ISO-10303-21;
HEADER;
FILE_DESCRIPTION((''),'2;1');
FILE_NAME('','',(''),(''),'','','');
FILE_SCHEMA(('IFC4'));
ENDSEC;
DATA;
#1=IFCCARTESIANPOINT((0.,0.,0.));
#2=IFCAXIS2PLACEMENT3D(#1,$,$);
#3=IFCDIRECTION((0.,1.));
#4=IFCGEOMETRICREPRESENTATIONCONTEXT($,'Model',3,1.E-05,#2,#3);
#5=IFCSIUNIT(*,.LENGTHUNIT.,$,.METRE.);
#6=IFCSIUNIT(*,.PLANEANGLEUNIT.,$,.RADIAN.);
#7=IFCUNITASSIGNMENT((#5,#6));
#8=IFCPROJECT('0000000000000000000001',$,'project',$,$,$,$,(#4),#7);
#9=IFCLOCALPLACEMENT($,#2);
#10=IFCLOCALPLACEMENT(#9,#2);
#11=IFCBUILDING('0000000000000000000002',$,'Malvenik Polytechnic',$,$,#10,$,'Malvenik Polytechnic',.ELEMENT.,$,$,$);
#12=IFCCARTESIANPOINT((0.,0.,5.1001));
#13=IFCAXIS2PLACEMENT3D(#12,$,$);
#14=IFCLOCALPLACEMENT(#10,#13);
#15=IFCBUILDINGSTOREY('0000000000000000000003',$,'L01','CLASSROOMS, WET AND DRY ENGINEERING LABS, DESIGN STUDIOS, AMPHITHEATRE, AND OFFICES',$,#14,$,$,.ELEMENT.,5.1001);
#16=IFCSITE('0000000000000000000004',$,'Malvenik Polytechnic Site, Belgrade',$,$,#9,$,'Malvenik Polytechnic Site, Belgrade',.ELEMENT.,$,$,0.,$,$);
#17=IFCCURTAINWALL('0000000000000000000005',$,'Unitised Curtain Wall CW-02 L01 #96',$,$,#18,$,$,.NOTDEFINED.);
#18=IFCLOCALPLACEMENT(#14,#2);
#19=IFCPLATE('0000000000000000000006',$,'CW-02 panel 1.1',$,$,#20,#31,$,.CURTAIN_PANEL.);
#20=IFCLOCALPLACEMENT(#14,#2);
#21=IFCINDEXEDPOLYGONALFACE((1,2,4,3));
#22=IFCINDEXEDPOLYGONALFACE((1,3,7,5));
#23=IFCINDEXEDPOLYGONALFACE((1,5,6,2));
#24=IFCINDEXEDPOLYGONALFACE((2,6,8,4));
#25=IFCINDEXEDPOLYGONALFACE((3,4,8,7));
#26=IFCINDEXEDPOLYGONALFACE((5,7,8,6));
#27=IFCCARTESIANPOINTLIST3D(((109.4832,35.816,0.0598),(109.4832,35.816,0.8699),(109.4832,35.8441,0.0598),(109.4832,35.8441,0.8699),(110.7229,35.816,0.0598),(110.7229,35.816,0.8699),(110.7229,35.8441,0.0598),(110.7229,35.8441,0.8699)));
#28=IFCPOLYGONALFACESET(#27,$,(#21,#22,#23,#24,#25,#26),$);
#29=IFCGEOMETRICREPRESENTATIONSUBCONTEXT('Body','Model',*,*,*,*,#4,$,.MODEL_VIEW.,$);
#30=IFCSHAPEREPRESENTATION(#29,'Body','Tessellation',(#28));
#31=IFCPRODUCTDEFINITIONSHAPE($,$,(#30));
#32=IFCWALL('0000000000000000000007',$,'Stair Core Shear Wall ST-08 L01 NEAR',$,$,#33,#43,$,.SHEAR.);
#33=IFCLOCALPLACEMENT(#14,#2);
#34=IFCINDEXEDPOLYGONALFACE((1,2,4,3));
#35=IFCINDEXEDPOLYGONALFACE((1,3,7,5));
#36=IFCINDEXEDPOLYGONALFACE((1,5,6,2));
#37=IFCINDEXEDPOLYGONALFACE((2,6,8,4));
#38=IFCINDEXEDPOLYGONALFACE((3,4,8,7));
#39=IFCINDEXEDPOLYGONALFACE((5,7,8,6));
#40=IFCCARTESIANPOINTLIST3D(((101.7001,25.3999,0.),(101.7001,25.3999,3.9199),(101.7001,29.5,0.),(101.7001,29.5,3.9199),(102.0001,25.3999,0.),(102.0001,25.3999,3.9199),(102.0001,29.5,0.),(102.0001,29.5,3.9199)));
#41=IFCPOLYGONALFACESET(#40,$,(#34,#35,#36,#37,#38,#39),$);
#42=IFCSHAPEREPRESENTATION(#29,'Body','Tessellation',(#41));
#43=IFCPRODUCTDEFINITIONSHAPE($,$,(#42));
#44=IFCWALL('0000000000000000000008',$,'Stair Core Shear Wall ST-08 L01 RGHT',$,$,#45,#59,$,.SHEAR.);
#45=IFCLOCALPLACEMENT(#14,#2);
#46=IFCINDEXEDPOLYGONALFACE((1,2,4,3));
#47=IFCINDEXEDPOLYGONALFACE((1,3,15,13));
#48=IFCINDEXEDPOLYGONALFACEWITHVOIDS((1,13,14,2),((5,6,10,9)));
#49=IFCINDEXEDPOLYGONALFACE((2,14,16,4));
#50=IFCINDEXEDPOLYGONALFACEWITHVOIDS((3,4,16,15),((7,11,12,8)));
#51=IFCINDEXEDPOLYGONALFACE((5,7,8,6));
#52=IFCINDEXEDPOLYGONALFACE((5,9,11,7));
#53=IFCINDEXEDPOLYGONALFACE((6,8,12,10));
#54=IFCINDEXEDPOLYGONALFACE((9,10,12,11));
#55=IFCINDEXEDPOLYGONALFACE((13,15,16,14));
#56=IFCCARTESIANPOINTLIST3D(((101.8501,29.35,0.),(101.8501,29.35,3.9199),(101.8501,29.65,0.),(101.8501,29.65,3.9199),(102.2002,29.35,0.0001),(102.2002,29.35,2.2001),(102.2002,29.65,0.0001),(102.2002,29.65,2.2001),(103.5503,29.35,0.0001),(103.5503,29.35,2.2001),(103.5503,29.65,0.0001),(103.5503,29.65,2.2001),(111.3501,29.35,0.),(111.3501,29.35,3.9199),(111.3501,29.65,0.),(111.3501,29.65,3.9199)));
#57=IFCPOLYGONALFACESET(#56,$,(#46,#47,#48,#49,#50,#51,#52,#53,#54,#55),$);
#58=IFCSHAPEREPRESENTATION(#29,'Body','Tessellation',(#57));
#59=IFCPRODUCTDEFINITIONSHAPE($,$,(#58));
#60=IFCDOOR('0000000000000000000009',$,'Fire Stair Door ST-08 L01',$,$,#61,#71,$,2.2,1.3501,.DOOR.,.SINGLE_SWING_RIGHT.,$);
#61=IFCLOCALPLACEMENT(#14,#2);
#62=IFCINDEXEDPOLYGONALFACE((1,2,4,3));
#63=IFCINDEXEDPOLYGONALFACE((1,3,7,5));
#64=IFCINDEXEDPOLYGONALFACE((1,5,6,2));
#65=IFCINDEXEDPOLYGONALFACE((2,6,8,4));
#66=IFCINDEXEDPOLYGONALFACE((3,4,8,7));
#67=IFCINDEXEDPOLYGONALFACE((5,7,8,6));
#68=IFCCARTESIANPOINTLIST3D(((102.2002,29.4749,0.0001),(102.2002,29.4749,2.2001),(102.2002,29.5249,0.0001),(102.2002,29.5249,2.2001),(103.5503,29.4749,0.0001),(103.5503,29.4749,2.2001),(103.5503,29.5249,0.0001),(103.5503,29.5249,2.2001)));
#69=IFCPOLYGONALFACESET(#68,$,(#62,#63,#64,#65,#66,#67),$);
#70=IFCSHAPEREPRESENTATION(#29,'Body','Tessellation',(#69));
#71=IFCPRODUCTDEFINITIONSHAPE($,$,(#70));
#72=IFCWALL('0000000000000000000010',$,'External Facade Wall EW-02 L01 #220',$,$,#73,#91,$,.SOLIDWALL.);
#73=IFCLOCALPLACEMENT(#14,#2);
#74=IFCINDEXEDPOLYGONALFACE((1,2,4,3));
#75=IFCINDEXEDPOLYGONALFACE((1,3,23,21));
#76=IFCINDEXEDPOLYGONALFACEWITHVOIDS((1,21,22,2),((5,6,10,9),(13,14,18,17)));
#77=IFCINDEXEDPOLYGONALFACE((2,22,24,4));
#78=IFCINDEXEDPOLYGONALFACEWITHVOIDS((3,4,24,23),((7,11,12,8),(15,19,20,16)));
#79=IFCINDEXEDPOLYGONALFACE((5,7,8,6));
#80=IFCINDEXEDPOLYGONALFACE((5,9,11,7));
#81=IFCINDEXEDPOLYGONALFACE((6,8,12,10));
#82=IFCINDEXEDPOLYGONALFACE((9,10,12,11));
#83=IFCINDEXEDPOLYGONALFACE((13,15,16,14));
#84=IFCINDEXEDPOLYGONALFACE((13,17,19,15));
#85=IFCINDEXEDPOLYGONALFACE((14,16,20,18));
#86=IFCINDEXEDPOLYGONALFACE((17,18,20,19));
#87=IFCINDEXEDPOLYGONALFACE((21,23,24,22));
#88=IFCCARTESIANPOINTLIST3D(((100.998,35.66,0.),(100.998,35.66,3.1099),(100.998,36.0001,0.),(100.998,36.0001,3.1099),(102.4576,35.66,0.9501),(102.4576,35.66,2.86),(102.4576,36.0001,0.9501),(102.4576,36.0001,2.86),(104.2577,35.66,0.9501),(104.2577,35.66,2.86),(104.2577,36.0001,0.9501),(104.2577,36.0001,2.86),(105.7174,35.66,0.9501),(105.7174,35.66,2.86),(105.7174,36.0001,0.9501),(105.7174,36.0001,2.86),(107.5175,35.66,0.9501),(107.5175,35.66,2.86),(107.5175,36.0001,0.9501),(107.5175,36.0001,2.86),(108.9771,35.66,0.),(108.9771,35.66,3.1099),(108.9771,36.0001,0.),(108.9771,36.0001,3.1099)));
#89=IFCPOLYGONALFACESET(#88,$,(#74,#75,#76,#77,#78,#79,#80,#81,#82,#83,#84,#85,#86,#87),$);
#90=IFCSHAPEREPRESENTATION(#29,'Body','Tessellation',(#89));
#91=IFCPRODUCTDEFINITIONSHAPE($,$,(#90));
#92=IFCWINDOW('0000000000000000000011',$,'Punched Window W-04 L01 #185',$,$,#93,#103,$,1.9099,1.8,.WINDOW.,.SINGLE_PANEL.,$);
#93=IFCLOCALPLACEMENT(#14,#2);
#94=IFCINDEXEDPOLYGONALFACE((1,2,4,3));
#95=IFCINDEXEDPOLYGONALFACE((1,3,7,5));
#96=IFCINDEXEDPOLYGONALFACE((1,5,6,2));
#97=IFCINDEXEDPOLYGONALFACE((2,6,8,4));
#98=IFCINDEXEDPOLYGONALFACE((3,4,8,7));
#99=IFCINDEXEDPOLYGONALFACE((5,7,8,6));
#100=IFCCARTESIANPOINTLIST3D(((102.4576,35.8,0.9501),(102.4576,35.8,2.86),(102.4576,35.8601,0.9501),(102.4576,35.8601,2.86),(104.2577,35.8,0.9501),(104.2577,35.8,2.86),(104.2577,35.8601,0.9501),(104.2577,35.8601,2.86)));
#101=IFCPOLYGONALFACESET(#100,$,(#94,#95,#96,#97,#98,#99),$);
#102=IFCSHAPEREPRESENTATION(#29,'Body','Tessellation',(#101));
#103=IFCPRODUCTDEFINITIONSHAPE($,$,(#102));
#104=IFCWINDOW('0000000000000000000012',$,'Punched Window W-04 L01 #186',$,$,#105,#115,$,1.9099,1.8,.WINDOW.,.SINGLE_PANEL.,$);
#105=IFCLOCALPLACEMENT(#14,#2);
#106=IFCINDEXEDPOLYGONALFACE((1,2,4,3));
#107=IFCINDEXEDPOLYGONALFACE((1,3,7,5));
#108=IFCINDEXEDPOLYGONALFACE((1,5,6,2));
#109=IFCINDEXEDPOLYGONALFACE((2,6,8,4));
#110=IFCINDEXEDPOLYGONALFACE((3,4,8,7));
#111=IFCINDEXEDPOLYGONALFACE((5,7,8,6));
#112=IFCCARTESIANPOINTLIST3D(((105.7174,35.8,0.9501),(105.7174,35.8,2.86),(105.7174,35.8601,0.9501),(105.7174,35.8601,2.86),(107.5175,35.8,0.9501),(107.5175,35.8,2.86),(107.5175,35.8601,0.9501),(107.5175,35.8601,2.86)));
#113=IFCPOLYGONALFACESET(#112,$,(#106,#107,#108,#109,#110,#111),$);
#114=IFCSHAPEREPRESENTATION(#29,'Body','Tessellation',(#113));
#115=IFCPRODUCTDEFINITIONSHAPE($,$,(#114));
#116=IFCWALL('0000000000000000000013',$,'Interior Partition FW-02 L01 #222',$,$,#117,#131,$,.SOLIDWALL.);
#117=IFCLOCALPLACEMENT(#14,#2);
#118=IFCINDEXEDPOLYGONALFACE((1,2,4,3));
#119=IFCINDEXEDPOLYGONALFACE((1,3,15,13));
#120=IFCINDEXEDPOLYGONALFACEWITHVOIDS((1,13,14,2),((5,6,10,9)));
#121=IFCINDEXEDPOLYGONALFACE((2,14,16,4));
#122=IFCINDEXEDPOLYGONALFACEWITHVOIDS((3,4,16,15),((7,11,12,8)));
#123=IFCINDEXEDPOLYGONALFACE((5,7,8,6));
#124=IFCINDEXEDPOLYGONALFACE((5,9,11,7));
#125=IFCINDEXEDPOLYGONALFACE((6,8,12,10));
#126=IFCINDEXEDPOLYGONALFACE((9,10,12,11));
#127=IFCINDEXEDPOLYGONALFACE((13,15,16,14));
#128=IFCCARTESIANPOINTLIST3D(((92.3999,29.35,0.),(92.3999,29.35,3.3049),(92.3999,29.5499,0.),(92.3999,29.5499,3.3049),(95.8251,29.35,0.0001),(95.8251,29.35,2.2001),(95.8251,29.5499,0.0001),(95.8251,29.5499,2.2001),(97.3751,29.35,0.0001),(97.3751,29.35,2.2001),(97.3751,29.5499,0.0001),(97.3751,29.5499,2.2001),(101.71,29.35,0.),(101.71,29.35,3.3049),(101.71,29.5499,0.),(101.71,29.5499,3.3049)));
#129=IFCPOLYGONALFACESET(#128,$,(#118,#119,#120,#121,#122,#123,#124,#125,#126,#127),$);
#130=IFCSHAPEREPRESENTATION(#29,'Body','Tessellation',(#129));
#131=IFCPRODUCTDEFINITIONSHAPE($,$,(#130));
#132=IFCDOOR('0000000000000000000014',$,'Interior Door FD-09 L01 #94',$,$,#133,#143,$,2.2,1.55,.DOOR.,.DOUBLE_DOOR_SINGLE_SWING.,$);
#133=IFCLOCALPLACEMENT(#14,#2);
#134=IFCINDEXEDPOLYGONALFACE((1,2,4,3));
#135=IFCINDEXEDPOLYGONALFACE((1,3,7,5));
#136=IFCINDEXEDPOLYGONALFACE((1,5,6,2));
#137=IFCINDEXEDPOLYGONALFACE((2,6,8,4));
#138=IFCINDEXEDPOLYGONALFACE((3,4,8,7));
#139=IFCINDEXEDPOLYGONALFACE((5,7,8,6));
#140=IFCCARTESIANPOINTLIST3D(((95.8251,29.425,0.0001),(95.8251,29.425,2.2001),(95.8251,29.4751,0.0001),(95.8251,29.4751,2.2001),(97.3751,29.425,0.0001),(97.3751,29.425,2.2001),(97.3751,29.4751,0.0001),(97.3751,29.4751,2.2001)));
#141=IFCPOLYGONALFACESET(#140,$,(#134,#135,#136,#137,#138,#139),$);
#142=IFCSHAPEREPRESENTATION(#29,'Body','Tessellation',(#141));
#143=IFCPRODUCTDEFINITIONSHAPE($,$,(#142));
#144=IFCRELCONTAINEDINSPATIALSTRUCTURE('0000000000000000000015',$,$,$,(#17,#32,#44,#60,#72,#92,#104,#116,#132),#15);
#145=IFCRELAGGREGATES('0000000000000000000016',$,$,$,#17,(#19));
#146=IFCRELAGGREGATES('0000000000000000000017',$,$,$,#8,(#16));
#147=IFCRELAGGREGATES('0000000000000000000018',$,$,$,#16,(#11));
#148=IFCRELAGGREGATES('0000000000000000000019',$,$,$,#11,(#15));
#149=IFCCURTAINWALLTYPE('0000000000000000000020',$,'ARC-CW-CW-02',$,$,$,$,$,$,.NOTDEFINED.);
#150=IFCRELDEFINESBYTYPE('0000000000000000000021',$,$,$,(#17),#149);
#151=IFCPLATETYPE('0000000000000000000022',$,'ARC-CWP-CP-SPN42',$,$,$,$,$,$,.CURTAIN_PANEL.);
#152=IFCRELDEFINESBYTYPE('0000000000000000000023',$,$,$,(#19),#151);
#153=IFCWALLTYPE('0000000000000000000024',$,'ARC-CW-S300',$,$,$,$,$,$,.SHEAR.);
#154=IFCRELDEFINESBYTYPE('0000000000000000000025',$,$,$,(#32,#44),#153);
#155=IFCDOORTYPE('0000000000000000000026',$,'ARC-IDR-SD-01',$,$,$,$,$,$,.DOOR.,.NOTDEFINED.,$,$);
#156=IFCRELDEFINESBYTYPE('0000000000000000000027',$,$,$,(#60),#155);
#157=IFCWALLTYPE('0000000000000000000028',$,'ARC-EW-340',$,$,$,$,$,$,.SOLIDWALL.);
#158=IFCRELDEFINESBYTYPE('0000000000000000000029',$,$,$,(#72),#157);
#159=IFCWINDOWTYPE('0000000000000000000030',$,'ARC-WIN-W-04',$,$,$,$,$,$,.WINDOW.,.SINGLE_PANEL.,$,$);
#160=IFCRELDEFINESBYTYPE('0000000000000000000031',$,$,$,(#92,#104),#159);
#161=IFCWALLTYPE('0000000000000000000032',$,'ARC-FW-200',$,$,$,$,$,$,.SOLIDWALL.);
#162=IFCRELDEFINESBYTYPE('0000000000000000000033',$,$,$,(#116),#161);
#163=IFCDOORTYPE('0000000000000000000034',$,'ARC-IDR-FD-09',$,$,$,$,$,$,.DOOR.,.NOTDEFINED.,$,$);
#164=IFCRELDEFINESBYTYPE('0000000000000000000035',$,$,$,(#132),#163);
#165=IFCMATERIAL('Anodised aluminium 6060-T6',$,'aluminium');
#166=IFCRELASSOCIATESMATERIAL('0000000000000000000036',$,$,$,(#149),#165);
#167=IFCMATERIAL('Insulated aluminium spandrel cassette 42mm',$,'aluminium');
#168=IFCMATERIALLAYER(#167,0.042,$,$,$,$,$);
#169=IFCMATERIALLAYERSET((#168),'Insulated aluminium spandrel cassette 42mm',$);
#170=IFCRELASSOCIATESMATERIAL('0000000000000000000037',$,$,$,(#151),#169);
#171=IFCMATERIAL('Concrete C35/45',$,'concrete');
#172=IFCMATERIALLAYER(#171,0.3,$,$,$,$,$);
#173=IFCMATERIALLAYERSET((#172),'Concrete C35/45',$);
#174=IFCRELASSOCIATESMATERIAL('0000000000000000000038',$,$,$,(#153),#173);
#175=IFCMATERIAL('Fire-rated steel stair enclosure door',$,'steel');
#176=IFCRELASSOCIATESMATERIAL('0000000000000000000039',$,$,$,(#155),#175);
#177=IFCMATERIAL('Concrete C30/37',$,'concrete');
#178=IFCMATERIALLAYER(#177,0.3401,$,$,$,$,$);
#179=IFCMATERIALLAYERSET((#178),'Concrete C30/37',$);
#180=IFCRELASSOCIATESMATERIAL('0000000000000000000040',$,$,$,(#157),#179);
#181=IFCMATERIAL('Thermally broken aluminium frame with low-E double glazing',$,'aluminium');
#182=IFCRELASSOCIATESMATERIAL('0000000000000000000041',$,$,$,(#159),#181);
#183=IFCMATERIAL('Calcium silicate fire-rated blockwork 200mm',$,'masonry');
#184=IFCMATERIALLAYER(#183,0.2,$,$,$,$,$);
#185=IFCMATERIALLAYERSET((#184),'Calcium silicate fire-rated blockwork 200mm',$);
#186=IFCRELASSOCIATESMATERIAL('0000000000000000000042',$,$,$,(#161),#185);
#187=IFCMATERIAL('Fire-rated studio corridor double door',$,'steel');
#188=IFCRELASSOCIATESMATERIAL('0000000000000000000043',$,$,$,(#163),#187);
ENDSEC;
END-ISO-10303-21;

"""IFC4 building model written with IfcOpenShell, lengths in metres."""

from ifc_helpers import new_model, si_unit, direction, frame, frame_2d, origin, origin_2d, place, context, subcontext, project, spatial, rectangle, extrude, material, layer, layer_set, type_object, element, fill, aggregate, save


model = new_model("IFC4")

# Units and contexts
model_context = context("Model", 3, precision=1e-05, world=origin(), true_north=direction((0.0, 1.0)))
body_context = subcontext(model_context, "Body", "Model", "MODEL_VIEW")
ifc_project = project(units=[si_unit("LENGTHUNIT", "METRE"), si_unit("PLANEANGLEUNIT", "RADIAN")], contexts=[model_context])

# Site, building, storey
site_placement = place(None, origin())
site = spatial("IfcSite", under=ifc_project, at=site_placement, Name="Malvenik Polytechnic Site, Belgrade", LongName="Malvenik Polytechnic Site, Belgrade", CompositionType="ELEMENT", RefElevation=0.0)
building_placement = place(site_placement, origin())
building = spatial("IfcBuilding", under=site, at=building_placement, Name="Malvenik Polytechnic", LongName="Malvenik Polytechnic", CompositionType="ELEMENT")
storey_placement = place(building_placement, frame((0.0, 0.0, 5.1001)))
storey = spatial("IfcBuildingStorey", under=building, at=storey_placement, Name="L01", Description="CLASSROOMS, WET AND DRY ENGINEERING LABS, DESIGN STUDIOS, AMPHITHEATRE, AND OFFICES", CompositionType="ELEMENT", Elevation=5.1001)

# Shared definitions
ifc_material_1 = material(Name="Concrete C35/45", Category="concrete")

# Curtain wall
ifc_material_2 = material(Name="Anodised aluminium 6060-T6", Category="aluminium")
curtain_wall_type = type_object("IfcCurtainWallType", Name="ARC-CW-CW-02", PredefinedType="NOTDEFINED", material=ifc_material_2)
curtain_wall_placement = place(storey_placement, origin())
curtain_wall = element("IfcCurtainWall", 1, at=curtain_wall_placement, inside=storey, type_object=curtain_wall_type, Name="Unitised Curtain Wall CW-02 L01 #96", PredefinedType="NOTDEFINED")

# Plate
ifc_material_3 = material(Name="Insulated aluminium spandrel cassette 42mm", Category="aluminium")
ifc_layer_1 = layer(ifc_material_3, 0.042)
ifc_layer_set_1 = layer_set([ifc_layer_1], Name="Insulated aluminium spandrel cassette 42mm")
plate_type_1 = type_object("IfcPlateType", Name="ARC-CWP-CP-SPN42", PredefinedType="CURTAIN_PANEL", material=ifc_layer_set_1)
plate_1_placement = place(storey_placement, frame((110.103, 35.8301, 0.0598), z_axis=(0.0, 0.0, 1.0), x_axis=(1.0, 0.0, 0.0)))
plate_1 = element("IfcPlate", 2, at=plate_1_placement, type_object=plate_type_1, Name="CW-02 panel 1.1", PredefinedType="CURTAIN_PANEL", context=body_context, shape_type="SweptSolid", body=[
    extrude(rectangle(XDim=1.2397, YDim=0.0281, at=origin_2d()), origin(), (0.0, 0.0, 1.0), 0.8101),
])
aggregate(curtain_wall, [plate_1])

# Wall
ifc_layer_2 = layer(ifc_material_1, 0.3)
ifc_layer_set_2 = layer_set([ifc_layer_2], Name="Concrete C35/45")
wall_type_1 = type_object("IfcWallType", Name="ARC-CW-S300", PredefinedType="SHEAR", material=ifc_layer_set_2)
wall_1_placement = place(storey_placement, frame((101.8501, 25.3999, 0.0), z_axis=(0.0, 0.0, 1.0), x_axis=(0.0, 1.0, 0.0)))
element("IfcWall", 3, at=wall_1_placement, inside=storey, type_object=wall_type_1, Name="Stair Core Shear Wall ST-08 L01 NEAR", PredefinedType="SHEAR", context=body_context, shape_type="SweptSolid", body=[
    extrude(rectangle(XDim=4.1001, YDim=0.3, at=frame_2d((2.05, 0.0))), origin(), (0.0, 0.0, 1.0), 3.9199),
])

# Wall, opening, door
wall_2_placement = place(storey_placement, frame((101.8501, 29.5, 0.0), z_axis=(0.0, 0.0, 1.0), x_axis=(1.0, 0.0, 0.0)))
wall_2 = element("IfcWall", 4, at=wall_2_placement, inside=storey, type_object=wall_type_1, Name="Stair Core Shear Wall ST-08 L01 RGHT", PredefinedType="SHEAR", context=body_context, shape_type="SweptSolid", body=[
    extrude(rectangle(XDim=9.5, YDim=0.3, at=frame_2d((4.75, 0.0))), origin(), (0.0, 0.0, 1.0), 3.9199),
])
opening_1_placement = place(wall_2_placement, frame((0.3501, 0.0, 0.0)))
opening_1 = element("IfcOpeningElement", 5, at=opening_1_placement, cuts=wall_2, PredefinedType="OPENING", context=body_context, shape_type="SweptSolid", body=[
    extrude(rectangle(XDim=1.3501, YDim=2.2, at=frame_2d((0.675, 1.1001))), frame((0.0, 0.1602, 0.0), z_axis=(0.0, -1.0, 0.0), x_axis=(1.0, 0.0, 0.0)), (0.0, 0.0, 1.0), 0.3201),
])
ifc_material_4 = material(Name="Fire-rated steel stair enclosure door", Category="steel")
door_type_1 = type_object("IfcDoorType", Name="ARC-IDR-SD-01", OperationType="NOTDEFINED", PredefinedType="DOOR", material=ifc_material_4)
door_1_placement = place(opening_1_placement, origin())
door_1 = element("IfcDoor", 6, at=door_1_placement, inside=storey, type_object=door_type_1, Name="Fire Stair Door ST-08 L01", OperationType="SINGLE_SWING_RIGHT", OverallHeight=2.2, OverallWidth=1.3501, PredefinedType="DOOR", context=body_context, shape_type="SweptSolid", body=[
    extrude(rectangle(XDim=1.3501, YDim=2.2, at=frame_2d((0.675, 1.1001))), frame((0.0, 0.0249, 0.0), z_axis=(0.0, -1.0, 0.0), x_axis=(1.0, 0.0, 0.0)), (0.0, 0.0, 1.0), 0.05),
])
fill(opening_1, door_1)

# Wall, openings, windows
ifc_material_5 = material(Name="Concrete C30/37", Category="concrete")
ifc_layer_3 = layer(ifc_material_5, 0.3401)
ifc_layer_set_3 = layer_set([ifc_layer_3], Name="Concrete C30/37")
wall_type_2 = type_object("IfcWallType", Name="ARC-EW-340", PredefinedType="SOLIDWALL", material=ifc_layer_set_3)
wall_3_placement = place(storey_placement, frame((100.998, 35.8301, 0.0), z_axis=(0.0, 0.0, 1.0), x_axis=(1.0, 0.0, 0.0)))
wall_3 = element("IfcWall", 7, at=wall_3_placement, inside=storey, type_object=wall_type_2, Name="External Facade Wall EW-02 L01 #220", PredefinedType="SOLIDWALL", context=body_context, shape_type="SweptSolid", body=[
    extrude(rectangle(XDim=7.979, YDim=0.3401, at=frame_2d((3.9895, 0.0))), origin(), (0.0, 0.0, 1.0), 3.1099),
])
opening_2_placement = place(wall_3_placement, frame((1.4597, 0.0, 0.95)))
opening_2 = element("IfcOpeningElement", 8, at=opening_2_placement, cuts=wall_3, PredefinedType="OPENING", context=body_context, shape_type="SweptSolid", body=[
    extrude(rectangle(XDim=1.8, YDim=1.9099, at=frame_2d((0.8999, 0.9551))), frame((0.0, 0.1802, 0.0), z_axis=(0.0, -1.0, 0.0), x_axis=(1.0, 0.0, 0.0)), (0.0, 0.0, 1.0), 0.3601),
])
opening_3_placement = place(wall_3_placement, frame((4.7195, 0.0, 0.95)))
opening_3 = element("IfcOpeningElement", 9, at=opening_3_placement, cuts=wall_3, PredefinedType="OPENING", context=body_context, shape_type="SweptSolid", body=[
    extrude(rectangle(XDim=1.8, YDim=1.9099, at=frame_2d((0.8999, 0.9551))), frame((0.0, 0.1802, 0.0), z_axis=(0.0, -1.0, 0.0), x_axis=(1.0, 0.0, 0.0)), (0.0, 0.0, 1.0), 0.3601),
])
ifc_material_6 = material(Name="Thermally broken aluminium frame with low-E double glazing", Category="aluminium")
window_type = type_object("IfcWindowType", Name="ARC-WIN-W-04", PartitioningType="SINGLE_PANEL", PredefinedType="WINDOW", material=ifc_material_6)
window_1_placement = place(opening_2_placement, origin())
window_1 = element("IfcWindow", 10, at=window_1_placement, inside=storey, type_object=window_type, Name="Punched Window W-04 L01 #185", OverallHeight=1.9099, OverallWidth=1.8, PartitioningType="SINGLE_PANEL", PredefinedType="WINDOW", context=body_context, shape_type="SweptSolid", body=[
    extrude(rectangle(XDim=1.8, YDim=1.9099, at=frame_2d((0.8999, 0.9551))), frame((0.0, 0.03, 0.0), z_axis=(0.0, -1.0, 0.0), x_axis=(1.0, 0.0, 0.0)), (0.0, 0.0, 1.0), 0.0601),
])
fill(opening_2, window_1)
window_2_placement = place(opening_3_placement, origin())
window_2 = element("IfcWindow", 11, at=window_2_placement, inside=storey, type_object=window_type, Name="Punched Window W-04 L01 #186", OverallHeight=1.9099, OverallWidth=1.8, PartitioningType="SINGLE_PANEL", PredefinedType="WINDOW", context=body_context, shape_type="SweptSolid", body=[
    extrude(rectangle(XDim=1.8, YDim=1.9099, at=frame_2d((0.8999, 0.9551))), frame((0.0, 0.03, 0.0), z_axis=(0.0, -1.0, 0.0), x_axis=(1.0, 0.0, 0.0)), (0.0, 0.0, 1.0), 0.0601),
])
fill(opening_3, window_2)

# Wall, opening, door
ifc_material_7 = material(Name="Calcium silicate fire-rated blockwork 200mm", Category="masonry")
ifc_layer_4 = layer(ifc_material_7, 0.2)
ifc_layer_set_4 = layer_set([ifc_layer_4], Name="Calcium silicate fire-rated blockwork 200mm")
wall_type_3 = type_object("IfcWallType", Name="ARC-FW-200", PredefinedType="SOLIDWALL", material=ifc_layer_set_4)
wall_4_placement = place(storey_placement, frame((101.71, 29.45, 0.0), z_axis=(0.0, 0.0, 1.0), x_axis=(-1.0, 0.0, 0.0)))
wall_4 = element("IfcWall", 12, at=wall_4_placement, inside=storey, type_object=wall_type_3, Name="Interior Partition FW-02 L01 #222", PredefinedType="SOLIDWALL", context=body_context, shape_type="SweptSolid", body=[
    extrude(rectangle(XDim=9.3101, YDim=0.2, at=frame_2d((4.655, 0.0))), origin(), (0.0, 0.0, 1.0), 3.3049),
])
opening_4_placement = place(wall_4_placement, frame((4.335, 0.0, 0.0)))
opening_4 = element("IfcOpeningElement", 13, at=opening_4_placement, cuts=wall_4, PredefinedType="OPENING", context=body_context, shape_type="SweptSolid", body=[
    extrude(rectangle(XDim=1.55, YDim=2.2, at=frame_2d((0.7749, 1.1001))), frame((0.0, 0.1099, 0.0), z_axis=(0.0, -1.0, 0.0), x_axis=(1.0, 0.0, 0.0)), (0.0, 0.0, 1.0), 0.22),
])
ifc_material_8 = material(Name="Fire-rated studio corridor double door", Category="steel")
door_type_2 = type_object("IfcDoorType", Name="ARC-IDR-FD-09", OperationType="NOTDEFINED", PredefinedType="DOOR", material=ifc_material_8)
door_2_placement = place(opening_4_placement, origin())
door_2 = element("IfcDoor", 14, at=door_2_placement, inside=storey, type_object=door_type_2, Name="Interior Door FD-09 L01 #94", OperationType="DOUBLE_DOOR_SINGLE_SWING", OverallHeight=2.2, OverallWidth=1.55, PredefinedType="DOOR", context=body_context, shape_type="SweptSolid", body=[
    extrude(rectangle(XDim=1.55, YDim=2.2, at=frame_2d((0.7749, 1.1001))), frame((0.0, 0.0249, 0.0), z_axis=(0.0, -1.0, 0.0), x_axis=(1.0, 0.0, 0.0)), (0.0, 0.0, 1.0), 0.05),
])
fill(opening_4, door_2)

save(model, "model.ifc")
